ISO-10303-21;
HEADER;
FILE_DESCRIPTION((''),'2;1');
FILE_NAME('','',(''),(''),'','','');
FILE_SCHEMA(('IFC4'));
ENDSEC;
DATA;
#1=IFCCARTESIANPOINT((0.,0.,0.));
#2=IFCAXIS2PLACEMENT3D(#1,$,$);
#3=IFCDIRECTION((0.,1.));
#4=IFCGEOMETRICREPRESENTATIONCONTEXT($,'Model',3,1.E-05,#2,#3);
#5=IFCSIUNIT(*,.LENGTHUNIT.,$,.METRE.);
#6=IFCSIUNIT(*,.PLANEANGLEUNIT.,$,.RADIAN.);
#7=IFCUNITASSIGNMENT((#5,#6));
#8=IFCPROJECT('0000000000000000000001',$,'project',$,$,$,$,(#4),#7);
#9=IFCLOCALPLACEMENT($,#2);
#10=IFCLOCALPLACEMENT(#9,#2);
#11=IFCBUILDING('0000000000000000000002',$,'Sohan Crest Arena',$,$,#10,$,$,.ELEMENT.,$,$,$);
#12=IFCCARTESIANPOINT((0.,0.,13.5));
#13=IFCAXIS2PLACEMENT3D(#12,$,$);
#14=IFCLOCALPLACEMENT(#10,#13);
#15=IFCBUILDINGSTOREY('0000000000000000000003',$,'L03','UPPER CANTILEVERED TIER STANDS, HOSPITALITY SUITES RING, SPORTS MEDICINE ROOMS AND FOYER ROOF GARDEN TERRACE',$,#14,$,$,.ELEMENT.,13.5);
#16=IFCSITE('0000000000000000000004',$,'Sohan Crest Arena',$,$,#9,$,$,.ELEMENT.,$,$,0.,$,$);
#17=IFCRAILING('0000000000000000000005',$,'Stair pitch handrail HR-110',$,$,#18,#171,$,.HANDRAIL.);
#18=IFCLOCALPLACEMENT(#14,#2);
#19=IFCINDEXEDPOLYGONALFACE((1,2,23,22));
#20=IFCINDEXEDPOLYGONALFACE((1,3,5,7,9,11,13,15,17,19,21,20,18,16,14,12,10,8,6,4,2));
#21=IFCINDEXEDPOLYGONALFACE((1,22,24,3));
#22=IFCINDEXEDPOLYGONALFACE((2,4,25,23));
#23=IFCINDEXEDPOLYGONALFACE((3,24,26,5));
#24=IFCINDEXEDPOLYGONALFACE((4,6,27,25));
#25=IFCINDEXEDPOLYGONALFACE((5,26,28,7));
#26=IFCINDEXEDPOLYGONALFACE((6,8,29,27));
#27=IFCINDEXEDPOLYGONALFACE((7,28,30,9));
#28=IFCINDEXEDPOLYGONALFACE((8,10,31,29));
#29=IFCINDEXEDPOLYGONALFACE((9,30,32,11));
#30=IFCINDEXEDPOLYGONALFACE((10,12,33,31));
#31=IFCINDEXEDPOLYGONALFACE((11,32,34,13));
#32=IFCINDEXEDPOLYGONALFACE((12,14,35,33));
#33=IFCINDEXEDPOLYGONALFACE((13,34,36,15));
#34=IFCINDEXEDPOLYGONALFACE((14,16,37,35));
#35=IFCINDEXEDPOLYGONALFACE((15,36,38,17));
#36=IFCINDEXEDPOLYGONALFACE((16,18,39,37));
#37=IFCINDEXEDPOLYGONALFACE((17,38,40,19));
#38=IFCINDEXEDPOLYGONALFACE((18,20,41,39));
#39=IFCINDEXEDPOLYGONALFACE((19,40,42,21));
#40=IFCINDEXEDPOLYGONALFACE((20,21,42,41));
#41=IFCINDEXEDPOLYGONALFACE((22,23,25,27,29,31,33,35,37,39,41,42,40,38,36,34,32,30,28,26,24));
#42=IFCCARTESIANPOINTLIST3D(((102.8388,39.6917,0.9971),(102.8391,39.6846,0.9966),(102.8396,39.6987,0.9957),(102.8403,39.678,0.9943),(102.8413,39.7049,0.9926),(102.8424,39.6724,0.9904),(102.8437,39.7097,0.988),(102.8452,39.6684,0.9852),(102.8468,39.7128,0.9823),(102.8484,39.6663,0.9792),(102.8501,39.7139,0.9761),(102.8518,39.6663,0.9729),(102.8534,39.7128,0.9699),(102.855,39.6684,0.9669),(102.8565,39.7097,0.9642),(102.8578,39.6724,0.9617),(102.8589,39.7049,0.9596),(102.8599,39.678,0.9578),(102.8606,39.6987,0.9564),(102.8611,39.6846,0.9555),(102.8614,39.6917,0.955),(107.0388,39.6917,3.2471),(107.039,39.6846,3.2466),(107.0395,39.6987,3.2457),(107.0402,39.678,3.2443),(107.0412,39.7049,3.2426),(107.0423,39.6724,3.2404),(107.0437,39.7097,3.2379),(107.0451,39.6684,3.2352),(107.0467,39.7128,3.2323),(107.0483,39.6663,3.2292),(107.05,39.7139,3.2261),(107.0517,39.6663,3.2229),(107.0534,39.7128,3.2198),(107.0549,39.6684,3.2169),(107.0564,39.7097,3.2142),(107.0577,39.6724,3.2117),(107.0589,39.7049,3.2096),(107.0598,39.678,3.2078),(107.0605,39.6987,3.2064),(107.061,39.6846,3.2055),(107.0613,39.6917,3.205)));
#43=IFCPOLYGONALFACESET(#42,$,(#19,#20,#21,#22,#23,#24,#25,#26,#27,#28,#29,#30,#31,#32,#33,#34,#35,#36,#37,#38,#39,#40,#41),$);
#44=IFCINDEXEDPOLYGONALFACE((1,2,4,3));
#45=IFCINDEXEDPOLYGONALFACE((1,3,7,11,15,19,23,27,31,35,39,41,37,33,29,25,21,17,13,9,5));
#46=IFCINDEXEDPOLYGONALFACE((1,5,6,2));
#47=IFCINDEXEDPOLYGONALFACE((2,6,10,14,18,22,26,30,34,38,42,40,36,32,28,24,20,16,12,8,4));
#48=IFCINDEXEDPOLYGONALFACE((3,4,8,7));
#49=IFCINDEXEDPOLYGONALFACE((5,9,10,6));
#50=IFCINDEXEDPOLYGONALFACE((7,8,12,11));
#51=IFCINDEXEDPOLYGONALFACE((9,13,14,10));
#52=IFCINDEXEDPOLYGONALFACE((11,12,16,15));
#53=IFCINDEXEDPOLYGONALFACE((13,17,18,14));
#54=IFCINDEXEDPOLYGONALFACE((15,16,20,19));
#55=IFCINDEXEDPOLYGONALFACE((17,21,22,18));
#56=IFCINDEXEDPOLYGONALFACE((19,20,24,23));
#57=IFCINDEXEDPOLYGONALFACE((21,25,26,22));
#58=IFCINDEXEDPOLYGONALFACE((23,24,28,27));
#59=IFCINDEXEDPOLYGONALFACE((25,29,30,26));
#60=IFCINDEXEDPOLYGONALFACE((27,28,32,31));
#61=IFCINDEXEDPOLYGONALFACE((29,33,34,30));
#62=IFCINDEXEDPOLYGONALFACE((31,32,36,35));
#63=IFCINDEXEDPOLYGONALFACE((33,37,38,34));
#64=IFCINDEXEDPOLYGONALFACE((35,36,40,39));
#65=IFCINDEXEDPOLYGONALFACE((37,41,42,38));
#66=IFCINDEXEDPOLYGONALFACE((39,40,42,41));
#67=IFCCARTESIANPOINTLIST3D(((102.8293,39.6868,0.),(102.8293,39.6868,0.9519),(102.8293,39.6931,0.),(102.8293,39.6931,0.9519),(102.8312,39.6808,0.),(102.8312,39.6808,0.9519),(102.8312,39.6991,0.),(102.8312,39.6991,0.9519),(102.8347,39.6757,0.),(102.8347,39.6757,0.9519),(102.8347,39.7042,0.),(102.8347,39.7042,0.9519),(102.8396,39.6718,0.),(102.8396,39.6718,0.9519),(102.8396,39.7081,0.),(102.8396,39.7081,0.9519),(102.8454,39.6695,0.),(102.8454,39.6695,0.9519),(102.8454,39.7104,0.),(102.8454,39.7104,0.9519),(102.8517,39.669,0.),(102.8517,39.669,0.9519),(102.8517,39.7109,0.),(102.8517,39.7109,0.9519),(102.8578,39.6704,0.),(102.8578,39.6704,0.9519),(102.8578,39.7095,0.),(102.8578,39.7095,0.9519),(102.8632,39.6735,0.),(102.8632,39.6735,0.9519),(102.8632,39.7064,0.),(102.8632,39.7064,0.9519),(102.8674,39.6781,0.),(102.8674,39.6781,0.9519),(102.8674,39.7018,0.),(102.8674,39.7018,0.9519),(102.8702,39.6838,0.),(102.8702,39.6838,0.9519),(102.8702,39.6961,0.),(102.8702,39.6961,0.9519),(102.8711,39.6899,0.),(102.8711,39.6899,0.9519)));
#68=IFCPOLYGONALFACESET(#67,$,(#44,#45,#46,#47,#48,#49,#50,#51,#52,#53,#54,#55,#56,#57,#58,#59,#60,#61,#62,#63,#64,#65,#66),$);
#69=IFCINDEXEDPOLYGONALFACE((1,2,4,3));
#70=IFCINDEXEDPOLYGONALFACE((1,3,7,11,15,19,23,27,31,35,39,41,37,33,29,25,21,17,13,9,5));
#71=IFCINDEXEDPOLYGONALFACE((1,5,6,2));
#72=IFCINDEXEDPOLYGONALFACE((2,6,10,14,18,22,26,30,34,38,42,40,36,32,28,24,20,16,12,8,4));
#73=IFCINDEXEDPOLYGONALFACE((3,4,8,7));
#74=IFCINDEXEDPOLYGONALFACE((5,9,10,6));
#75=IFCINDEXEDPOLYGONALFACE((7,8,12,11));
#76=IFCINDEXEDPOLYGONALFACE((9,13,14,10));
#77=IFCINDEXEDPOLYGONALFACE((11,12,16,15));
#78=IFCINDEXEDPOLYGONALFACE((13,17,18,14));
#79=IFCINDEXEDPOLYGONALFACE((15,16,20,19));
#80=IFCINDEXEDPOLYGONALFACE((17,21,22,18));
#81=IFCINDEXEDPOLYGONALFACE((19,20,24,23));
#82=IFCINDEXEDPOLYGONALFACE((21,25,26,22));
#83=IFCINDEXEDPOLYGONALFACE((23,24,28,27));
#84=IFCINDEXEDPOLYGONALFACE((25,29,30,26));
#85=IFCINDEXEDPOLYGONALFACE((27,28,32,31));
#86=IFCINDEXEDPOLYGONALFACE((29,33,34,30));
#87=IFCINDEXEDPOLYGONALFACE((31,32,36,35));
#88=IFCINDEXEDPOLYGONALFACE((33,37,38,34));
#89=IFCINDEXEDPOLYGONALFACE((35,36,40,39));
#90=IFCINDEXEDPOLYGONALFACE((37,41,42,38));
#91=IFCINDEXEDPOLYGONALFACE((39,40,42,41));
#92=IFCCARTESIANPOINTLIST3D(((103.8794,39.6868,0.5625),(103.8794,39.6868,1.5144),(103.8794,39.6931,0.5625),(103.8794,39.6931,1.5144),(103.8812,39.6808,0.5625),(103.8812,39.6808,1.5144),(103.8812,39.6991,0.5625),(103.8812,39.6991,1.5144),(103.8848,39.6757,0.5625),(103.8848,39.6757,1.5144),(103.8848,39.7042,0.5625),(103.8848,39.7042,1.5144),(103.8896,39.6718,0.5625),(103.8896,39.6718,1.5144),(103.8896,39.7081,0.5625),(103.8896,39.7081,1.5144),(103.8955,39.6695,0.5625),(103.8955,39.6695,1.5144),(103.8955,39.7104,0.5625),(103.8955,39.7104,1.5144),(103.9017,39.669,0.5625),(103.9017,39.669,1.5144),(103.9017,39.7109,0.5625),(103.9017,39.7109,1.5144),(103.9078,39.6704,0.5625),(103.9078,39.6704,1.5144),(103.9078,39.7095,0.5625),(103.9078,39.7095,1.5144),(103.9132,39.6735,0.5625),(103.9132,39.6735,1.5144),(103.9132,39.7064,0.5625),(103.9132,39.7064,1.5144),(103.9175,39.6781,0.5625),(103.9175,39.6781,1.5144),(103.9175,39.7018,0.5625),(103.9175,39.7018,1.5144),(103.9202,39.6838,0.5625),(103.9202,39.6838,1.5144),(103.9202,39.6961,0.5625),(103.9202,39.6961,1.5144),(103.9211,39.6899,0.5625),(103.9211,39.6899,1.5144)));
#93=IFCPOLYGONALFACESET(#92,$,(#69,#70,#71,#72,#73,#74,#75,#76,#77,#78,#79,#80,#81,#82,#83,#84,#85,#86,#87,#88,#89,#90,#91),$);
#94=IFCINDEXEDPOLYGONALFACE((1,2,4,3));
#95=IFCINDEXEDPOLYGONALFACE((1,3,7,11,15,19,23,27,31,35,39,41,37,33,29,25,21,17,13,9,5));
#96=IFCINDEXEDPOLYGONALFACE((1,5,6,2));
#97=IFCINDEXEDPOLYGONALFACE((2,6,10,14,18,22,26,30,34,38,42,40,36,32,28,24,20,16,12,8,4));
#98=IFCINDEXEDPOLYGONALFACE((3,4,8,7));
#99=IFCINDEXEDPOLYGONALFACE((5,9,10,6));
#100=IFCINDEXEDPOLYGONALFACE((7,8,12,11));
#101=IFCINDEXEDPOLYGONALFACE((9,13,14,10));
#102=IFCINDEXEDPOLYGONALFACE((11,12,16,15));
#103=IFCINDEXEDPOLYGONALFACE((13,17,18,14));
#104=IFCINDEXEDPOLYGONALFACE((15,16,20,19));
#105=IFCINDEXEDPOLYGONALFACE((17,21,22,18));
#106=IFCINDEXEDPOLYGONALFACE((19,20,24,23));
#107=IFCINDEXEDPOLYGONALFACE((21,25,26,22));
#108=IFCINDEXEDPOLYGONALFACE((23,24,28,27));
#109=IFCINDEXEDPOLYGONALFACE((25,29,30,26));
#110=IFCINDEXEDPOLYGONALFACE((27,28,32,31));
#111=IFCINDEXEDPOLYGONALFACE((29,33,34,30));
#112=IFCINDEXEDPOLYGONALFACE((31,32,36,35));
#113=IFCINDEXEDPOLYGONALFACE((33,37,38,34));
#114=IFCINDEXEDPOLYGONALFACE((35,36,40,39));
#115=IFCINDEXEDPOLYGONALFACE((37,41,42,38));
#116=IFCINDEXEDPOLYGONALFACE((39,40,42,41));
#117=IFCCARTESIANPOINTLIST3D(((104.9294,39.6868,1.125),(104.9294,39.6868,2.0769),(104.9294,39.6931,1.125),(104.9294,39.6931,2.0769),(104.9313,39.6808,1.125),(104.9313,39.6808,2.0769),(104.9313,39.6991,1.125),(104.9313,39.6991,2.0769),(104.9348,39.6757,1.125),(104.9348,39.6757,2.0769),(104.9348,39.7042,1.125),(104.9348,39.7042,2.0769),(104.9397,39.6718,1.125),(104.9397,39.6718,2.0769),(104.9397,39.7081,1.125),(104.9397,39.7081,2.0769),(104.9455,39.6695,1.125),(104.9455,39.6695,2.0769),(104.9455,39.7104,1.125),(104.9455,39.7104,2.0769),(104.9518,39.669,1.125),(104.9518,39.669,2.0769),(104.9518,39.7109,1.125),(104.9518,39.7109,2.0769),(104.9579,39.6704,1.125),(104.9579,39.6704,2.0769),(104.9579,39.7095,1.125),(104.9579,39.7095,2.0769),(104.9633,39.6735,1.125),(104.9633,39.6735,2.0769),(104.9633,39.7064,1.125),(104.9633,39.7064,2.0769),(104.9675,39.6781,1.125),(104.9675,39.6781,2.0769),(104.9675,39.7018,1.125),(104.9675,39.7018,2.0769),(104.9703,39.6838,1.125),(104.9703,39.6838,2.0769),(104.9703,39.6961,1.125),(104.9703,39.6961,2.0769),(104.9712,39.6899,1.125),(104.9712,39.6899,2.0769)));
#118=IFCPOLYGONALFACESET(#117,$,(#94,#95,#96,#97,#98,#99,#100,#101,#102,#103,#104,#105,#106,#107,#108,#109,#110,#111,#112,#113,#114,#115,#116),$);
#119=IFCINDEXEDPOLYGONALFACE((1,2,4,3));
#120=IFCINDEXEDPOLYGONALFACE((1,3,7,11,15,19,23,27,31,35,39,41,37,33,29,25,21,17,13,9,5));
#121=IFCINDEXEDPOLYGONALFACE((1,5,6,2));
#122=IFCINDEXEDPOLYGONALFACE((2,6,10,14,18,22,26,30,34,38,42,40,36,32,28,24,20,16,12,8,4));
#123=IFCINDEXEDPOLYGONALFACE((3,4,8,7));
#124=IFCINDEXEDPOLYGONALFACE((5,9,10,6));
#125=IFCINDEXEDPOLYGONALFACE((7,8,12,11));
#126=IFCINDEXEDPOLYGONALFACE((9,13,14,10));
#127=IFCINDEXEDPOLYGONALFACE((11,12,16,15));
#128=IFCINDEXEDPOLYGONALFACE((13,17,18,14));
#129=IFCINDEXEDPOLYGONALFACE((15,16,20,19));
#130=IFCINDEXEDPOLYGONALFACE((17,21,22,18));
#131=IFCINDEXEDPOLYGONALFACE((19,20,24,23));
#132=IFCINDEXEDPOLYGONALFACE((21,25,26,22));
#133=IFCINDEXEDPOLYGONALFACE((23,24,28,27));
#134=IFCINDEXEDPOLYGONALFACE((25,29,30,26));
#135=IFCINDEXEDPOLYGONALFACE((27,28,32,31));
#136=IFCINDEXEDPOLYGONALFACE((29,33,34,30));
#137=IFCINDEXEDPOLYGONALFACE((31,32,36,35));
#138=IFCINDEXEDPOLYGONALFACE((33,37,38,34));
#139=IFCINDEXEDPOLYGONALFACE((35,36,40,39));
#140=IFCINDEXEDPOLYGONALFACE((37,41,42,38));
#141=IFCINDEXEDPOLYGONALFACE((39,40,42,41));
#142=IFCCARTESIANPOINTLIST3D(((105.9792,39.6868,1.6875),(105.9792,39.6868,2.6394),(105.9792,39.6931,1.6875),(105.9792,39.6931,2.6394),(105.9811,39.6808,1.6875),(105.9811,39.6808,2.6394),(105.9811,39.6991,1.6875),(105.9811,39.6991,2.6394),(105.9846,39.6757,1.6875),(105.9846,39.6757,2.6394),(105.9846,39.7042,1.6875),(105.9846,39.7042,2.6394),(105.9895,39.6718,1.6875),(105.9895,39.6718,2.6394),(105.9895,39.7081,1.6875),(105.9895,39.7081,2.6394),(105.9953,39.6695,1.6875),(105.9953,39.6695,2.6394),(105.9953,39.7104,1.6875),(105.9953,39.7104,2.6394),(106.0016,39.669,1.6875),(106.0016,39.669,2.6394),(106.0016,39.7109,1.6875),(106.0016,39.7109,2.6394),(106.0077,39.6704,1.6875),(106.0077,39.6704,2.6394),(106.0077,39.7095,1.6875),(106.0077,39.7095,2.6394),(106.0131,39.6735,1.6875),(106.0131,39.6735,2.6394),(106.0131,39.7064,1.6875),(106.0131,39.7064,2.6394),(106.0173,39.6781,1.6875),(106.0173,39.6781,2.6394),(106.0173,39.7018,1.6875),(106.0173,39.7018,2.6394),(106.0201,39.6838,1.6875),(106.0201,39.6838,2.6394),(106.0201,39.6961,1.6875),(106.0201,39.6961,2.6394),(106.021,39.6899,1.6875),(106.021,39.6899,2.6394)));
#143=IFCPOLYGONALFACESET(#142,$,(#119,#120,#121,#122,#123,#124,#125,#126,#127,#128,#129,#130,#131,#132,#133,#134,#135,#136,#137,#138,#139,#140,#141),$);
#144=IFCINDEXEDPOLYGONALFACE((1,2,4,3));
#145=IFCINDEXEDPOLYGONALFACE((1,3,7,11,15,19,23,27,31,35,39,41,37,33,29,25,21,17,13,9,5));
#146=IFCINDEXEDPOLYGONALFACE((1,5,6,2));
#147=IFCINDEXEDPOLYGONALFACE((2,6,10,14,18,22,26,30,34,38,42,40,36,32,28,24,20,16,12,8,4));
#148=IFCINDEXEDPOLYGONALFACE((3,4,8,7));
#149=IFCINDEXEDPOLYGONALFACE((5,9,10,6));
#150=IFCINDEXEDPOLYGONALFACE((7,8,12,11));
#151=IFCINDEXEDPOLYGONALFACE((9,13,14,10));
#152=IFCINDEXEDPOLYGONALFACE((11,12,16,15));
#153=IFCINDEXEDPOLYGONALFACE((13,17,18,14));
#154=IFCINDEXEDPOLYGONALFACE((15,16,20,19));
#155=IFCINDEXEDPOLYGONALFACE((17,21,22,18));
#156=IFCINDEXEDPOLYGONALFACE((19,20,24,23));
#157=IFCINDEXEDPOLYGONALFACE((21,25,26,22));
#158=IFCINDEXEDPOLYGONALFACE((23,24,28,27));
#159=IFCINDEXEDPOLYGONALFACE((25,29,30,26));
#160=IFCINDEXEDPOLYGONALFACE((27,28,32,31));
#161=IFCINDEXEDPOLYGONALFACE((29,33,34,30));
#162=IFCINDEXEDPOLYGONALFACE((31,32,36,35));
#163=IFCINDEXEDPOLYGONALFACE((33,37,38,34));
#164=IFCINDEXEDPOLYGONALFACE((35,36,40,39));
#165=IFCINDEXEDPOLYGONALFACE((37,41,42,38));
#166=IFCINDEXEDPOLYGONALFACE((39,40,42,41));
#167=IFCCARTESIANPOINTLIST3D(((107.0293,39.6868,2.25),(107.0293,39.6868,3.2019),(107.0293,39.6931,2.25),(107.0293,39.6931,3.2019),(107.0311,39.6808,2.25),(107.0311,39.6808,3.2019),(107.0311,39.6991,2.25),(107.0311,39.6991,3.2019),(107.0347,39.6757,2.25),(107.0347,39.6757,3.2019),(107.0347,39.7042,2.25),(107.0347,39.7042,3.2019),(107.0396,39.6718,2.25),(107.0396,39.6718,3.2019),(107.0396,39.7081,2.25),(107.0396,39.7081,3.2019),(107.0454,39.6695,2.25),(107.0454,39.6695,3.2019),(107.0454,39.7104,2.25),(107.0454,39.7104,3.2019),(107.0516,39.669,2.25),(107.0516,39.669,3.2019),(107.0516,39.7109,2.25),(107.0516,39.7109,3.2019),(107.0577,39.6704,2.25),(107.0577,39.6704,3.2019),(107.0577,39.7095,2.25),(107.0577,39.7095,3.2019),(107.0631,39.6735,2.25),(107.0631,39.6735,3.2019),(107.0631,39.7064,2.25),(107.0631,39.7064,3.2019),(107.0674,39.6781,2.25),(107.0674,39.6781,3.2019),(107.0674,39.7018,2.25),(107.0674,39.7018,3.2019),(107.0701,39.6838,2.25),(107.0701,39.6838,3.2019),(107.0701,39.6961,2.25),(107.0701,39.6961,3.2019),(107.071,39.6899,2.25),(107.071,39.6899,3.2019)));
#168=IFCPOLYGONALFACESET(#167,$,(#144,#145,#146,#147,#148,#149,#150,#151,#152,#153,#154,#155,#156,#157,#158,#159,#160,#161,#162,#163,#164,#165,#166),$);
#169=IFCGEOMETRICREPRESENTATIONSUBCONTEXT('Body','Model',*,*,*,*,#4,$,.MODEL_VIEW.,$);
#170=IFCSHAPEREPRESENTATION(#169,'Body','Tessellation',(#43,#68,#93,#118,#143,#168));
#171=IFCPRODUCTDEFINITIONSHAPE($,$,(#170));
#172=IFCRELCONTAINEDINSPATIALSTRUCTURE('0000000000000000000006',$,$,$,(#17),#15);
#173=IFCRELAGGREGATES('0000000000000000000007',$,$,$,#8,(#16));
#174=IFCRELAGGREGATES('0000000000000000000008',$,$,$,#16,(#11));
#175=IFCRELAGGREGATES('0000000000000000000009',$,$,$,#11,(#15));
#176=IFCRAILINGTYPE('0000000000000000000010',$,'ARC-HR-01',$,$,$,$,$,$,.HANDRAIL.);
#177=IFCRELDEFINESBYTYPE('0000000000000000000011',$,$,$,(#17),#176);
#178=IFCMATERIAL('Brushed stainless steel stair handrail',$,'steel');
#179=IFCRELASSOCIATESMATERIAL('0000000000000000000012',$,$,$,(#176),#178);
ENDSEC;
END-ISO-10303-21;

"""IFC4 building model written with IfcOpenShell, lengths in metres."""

from ifc_helpers import new_model, si_unit, direction, frame, origin, origin_2d, place, context, subcontext, project, spatial, circle, extrude, material, type_object, element, save


model = new_model("IFC4")

# Units and contexts
model_context = context("Model", 3, precision=1e-05, world=origin(), true_north=direction((0.0, 1.0)))
body_context = subcontext(model_context, "Body", "Model", "MODEL_VIEW")
ifc_project = project(units=[si_unit("LENGTHUNIT", "METRE"), si_unit("PLANEANGLEUNIT", "RADIAN")], contexts=[model_context])

# Site, building, storey
site_placement = place(None, origin())
site = spatial("IfcSite", under=ifc_project, at=site_placement, Name="Sohan Crest Arena", CompositionType="ELEMENT", RefElevation=0.0)
building_placement = place(site_placement, origin())
building = spatial("IfcBuilding", under=site, at=building_placement, Name="Sohan Crest Arena", CompositionType="ELEMENT")
storey_placement = place(building_placement, frame((0.0, 0.0, 13.5)))
storey = spatial("IfcBuildingStorey", under=building, at=storey_placement, Name="L03", Description="UPPER CANTILEVERED TIER STANDS, HOSPITALITY SUITES RING, SPORTS MEDICINE ROOMS AND FOYER ROOF GARDEN TERRACE", CompositionType="ELEMENT", Elevation=13.5)

# Railing
ifc_material_1 = material(Name="Brushed stainless steel stair handrail", Category="steel")
railing_type_1 = type_object("IfcRailingType", Name="ARC-HR-01", PredefinedType="HANDRAIL", material=ifc_material_1)
for number, where, name in (
    (1, (102.8501, 39.6899, 0.0), "Stair pitch handrail HR-110"),
):
    element("IfcRailing", number, at=place(storey_placement, frame(where)), inside=storey, type_object=railing_type_1, Name=name, PredefinedType="HANDRAIL", context=body_context, shape_type="SweptSolid", body=[
        extrude(circle(Radius=0.0239, at=origin_2d()), frame((0.0, 0.0, 0.9761), z_axis=(0.881478, 0.0, 0.472226), x_axis=(0.0, 1.0, 0.0)), (0.0, 0.0, 1.0), 4.7646),
        extrude(circle(Radius=0.021, at=origin_2d()), origin(), (0.0, 0.0, 1.0), 0.9519),
        extrude(circle(Radius=0.021, at=origin_2d()), frame((1.05, 0.0, 0.5625)), (0.0, 0.0, 1.0), 0.9519),
        extrude(circle(Radius=0.021, at=origin_2d()), frame((2.1001, 0.0, 1.125)), (0.0, 0.0, 1.0), 0.9519),
        extrude(circle(Radius=0.021, at=origin_2d()), frame((3.1499, 0.0, 1.6875)), (0.0, 0.0, 1.0), 0.9519),
        extrude(circle(Radius=0.021, at=origin_2d()), frame((4.2, 0.0, 2.25)), (0.0, 0.0, 1.0), 0.9519),
    ])

save(model, "model.ifc")
